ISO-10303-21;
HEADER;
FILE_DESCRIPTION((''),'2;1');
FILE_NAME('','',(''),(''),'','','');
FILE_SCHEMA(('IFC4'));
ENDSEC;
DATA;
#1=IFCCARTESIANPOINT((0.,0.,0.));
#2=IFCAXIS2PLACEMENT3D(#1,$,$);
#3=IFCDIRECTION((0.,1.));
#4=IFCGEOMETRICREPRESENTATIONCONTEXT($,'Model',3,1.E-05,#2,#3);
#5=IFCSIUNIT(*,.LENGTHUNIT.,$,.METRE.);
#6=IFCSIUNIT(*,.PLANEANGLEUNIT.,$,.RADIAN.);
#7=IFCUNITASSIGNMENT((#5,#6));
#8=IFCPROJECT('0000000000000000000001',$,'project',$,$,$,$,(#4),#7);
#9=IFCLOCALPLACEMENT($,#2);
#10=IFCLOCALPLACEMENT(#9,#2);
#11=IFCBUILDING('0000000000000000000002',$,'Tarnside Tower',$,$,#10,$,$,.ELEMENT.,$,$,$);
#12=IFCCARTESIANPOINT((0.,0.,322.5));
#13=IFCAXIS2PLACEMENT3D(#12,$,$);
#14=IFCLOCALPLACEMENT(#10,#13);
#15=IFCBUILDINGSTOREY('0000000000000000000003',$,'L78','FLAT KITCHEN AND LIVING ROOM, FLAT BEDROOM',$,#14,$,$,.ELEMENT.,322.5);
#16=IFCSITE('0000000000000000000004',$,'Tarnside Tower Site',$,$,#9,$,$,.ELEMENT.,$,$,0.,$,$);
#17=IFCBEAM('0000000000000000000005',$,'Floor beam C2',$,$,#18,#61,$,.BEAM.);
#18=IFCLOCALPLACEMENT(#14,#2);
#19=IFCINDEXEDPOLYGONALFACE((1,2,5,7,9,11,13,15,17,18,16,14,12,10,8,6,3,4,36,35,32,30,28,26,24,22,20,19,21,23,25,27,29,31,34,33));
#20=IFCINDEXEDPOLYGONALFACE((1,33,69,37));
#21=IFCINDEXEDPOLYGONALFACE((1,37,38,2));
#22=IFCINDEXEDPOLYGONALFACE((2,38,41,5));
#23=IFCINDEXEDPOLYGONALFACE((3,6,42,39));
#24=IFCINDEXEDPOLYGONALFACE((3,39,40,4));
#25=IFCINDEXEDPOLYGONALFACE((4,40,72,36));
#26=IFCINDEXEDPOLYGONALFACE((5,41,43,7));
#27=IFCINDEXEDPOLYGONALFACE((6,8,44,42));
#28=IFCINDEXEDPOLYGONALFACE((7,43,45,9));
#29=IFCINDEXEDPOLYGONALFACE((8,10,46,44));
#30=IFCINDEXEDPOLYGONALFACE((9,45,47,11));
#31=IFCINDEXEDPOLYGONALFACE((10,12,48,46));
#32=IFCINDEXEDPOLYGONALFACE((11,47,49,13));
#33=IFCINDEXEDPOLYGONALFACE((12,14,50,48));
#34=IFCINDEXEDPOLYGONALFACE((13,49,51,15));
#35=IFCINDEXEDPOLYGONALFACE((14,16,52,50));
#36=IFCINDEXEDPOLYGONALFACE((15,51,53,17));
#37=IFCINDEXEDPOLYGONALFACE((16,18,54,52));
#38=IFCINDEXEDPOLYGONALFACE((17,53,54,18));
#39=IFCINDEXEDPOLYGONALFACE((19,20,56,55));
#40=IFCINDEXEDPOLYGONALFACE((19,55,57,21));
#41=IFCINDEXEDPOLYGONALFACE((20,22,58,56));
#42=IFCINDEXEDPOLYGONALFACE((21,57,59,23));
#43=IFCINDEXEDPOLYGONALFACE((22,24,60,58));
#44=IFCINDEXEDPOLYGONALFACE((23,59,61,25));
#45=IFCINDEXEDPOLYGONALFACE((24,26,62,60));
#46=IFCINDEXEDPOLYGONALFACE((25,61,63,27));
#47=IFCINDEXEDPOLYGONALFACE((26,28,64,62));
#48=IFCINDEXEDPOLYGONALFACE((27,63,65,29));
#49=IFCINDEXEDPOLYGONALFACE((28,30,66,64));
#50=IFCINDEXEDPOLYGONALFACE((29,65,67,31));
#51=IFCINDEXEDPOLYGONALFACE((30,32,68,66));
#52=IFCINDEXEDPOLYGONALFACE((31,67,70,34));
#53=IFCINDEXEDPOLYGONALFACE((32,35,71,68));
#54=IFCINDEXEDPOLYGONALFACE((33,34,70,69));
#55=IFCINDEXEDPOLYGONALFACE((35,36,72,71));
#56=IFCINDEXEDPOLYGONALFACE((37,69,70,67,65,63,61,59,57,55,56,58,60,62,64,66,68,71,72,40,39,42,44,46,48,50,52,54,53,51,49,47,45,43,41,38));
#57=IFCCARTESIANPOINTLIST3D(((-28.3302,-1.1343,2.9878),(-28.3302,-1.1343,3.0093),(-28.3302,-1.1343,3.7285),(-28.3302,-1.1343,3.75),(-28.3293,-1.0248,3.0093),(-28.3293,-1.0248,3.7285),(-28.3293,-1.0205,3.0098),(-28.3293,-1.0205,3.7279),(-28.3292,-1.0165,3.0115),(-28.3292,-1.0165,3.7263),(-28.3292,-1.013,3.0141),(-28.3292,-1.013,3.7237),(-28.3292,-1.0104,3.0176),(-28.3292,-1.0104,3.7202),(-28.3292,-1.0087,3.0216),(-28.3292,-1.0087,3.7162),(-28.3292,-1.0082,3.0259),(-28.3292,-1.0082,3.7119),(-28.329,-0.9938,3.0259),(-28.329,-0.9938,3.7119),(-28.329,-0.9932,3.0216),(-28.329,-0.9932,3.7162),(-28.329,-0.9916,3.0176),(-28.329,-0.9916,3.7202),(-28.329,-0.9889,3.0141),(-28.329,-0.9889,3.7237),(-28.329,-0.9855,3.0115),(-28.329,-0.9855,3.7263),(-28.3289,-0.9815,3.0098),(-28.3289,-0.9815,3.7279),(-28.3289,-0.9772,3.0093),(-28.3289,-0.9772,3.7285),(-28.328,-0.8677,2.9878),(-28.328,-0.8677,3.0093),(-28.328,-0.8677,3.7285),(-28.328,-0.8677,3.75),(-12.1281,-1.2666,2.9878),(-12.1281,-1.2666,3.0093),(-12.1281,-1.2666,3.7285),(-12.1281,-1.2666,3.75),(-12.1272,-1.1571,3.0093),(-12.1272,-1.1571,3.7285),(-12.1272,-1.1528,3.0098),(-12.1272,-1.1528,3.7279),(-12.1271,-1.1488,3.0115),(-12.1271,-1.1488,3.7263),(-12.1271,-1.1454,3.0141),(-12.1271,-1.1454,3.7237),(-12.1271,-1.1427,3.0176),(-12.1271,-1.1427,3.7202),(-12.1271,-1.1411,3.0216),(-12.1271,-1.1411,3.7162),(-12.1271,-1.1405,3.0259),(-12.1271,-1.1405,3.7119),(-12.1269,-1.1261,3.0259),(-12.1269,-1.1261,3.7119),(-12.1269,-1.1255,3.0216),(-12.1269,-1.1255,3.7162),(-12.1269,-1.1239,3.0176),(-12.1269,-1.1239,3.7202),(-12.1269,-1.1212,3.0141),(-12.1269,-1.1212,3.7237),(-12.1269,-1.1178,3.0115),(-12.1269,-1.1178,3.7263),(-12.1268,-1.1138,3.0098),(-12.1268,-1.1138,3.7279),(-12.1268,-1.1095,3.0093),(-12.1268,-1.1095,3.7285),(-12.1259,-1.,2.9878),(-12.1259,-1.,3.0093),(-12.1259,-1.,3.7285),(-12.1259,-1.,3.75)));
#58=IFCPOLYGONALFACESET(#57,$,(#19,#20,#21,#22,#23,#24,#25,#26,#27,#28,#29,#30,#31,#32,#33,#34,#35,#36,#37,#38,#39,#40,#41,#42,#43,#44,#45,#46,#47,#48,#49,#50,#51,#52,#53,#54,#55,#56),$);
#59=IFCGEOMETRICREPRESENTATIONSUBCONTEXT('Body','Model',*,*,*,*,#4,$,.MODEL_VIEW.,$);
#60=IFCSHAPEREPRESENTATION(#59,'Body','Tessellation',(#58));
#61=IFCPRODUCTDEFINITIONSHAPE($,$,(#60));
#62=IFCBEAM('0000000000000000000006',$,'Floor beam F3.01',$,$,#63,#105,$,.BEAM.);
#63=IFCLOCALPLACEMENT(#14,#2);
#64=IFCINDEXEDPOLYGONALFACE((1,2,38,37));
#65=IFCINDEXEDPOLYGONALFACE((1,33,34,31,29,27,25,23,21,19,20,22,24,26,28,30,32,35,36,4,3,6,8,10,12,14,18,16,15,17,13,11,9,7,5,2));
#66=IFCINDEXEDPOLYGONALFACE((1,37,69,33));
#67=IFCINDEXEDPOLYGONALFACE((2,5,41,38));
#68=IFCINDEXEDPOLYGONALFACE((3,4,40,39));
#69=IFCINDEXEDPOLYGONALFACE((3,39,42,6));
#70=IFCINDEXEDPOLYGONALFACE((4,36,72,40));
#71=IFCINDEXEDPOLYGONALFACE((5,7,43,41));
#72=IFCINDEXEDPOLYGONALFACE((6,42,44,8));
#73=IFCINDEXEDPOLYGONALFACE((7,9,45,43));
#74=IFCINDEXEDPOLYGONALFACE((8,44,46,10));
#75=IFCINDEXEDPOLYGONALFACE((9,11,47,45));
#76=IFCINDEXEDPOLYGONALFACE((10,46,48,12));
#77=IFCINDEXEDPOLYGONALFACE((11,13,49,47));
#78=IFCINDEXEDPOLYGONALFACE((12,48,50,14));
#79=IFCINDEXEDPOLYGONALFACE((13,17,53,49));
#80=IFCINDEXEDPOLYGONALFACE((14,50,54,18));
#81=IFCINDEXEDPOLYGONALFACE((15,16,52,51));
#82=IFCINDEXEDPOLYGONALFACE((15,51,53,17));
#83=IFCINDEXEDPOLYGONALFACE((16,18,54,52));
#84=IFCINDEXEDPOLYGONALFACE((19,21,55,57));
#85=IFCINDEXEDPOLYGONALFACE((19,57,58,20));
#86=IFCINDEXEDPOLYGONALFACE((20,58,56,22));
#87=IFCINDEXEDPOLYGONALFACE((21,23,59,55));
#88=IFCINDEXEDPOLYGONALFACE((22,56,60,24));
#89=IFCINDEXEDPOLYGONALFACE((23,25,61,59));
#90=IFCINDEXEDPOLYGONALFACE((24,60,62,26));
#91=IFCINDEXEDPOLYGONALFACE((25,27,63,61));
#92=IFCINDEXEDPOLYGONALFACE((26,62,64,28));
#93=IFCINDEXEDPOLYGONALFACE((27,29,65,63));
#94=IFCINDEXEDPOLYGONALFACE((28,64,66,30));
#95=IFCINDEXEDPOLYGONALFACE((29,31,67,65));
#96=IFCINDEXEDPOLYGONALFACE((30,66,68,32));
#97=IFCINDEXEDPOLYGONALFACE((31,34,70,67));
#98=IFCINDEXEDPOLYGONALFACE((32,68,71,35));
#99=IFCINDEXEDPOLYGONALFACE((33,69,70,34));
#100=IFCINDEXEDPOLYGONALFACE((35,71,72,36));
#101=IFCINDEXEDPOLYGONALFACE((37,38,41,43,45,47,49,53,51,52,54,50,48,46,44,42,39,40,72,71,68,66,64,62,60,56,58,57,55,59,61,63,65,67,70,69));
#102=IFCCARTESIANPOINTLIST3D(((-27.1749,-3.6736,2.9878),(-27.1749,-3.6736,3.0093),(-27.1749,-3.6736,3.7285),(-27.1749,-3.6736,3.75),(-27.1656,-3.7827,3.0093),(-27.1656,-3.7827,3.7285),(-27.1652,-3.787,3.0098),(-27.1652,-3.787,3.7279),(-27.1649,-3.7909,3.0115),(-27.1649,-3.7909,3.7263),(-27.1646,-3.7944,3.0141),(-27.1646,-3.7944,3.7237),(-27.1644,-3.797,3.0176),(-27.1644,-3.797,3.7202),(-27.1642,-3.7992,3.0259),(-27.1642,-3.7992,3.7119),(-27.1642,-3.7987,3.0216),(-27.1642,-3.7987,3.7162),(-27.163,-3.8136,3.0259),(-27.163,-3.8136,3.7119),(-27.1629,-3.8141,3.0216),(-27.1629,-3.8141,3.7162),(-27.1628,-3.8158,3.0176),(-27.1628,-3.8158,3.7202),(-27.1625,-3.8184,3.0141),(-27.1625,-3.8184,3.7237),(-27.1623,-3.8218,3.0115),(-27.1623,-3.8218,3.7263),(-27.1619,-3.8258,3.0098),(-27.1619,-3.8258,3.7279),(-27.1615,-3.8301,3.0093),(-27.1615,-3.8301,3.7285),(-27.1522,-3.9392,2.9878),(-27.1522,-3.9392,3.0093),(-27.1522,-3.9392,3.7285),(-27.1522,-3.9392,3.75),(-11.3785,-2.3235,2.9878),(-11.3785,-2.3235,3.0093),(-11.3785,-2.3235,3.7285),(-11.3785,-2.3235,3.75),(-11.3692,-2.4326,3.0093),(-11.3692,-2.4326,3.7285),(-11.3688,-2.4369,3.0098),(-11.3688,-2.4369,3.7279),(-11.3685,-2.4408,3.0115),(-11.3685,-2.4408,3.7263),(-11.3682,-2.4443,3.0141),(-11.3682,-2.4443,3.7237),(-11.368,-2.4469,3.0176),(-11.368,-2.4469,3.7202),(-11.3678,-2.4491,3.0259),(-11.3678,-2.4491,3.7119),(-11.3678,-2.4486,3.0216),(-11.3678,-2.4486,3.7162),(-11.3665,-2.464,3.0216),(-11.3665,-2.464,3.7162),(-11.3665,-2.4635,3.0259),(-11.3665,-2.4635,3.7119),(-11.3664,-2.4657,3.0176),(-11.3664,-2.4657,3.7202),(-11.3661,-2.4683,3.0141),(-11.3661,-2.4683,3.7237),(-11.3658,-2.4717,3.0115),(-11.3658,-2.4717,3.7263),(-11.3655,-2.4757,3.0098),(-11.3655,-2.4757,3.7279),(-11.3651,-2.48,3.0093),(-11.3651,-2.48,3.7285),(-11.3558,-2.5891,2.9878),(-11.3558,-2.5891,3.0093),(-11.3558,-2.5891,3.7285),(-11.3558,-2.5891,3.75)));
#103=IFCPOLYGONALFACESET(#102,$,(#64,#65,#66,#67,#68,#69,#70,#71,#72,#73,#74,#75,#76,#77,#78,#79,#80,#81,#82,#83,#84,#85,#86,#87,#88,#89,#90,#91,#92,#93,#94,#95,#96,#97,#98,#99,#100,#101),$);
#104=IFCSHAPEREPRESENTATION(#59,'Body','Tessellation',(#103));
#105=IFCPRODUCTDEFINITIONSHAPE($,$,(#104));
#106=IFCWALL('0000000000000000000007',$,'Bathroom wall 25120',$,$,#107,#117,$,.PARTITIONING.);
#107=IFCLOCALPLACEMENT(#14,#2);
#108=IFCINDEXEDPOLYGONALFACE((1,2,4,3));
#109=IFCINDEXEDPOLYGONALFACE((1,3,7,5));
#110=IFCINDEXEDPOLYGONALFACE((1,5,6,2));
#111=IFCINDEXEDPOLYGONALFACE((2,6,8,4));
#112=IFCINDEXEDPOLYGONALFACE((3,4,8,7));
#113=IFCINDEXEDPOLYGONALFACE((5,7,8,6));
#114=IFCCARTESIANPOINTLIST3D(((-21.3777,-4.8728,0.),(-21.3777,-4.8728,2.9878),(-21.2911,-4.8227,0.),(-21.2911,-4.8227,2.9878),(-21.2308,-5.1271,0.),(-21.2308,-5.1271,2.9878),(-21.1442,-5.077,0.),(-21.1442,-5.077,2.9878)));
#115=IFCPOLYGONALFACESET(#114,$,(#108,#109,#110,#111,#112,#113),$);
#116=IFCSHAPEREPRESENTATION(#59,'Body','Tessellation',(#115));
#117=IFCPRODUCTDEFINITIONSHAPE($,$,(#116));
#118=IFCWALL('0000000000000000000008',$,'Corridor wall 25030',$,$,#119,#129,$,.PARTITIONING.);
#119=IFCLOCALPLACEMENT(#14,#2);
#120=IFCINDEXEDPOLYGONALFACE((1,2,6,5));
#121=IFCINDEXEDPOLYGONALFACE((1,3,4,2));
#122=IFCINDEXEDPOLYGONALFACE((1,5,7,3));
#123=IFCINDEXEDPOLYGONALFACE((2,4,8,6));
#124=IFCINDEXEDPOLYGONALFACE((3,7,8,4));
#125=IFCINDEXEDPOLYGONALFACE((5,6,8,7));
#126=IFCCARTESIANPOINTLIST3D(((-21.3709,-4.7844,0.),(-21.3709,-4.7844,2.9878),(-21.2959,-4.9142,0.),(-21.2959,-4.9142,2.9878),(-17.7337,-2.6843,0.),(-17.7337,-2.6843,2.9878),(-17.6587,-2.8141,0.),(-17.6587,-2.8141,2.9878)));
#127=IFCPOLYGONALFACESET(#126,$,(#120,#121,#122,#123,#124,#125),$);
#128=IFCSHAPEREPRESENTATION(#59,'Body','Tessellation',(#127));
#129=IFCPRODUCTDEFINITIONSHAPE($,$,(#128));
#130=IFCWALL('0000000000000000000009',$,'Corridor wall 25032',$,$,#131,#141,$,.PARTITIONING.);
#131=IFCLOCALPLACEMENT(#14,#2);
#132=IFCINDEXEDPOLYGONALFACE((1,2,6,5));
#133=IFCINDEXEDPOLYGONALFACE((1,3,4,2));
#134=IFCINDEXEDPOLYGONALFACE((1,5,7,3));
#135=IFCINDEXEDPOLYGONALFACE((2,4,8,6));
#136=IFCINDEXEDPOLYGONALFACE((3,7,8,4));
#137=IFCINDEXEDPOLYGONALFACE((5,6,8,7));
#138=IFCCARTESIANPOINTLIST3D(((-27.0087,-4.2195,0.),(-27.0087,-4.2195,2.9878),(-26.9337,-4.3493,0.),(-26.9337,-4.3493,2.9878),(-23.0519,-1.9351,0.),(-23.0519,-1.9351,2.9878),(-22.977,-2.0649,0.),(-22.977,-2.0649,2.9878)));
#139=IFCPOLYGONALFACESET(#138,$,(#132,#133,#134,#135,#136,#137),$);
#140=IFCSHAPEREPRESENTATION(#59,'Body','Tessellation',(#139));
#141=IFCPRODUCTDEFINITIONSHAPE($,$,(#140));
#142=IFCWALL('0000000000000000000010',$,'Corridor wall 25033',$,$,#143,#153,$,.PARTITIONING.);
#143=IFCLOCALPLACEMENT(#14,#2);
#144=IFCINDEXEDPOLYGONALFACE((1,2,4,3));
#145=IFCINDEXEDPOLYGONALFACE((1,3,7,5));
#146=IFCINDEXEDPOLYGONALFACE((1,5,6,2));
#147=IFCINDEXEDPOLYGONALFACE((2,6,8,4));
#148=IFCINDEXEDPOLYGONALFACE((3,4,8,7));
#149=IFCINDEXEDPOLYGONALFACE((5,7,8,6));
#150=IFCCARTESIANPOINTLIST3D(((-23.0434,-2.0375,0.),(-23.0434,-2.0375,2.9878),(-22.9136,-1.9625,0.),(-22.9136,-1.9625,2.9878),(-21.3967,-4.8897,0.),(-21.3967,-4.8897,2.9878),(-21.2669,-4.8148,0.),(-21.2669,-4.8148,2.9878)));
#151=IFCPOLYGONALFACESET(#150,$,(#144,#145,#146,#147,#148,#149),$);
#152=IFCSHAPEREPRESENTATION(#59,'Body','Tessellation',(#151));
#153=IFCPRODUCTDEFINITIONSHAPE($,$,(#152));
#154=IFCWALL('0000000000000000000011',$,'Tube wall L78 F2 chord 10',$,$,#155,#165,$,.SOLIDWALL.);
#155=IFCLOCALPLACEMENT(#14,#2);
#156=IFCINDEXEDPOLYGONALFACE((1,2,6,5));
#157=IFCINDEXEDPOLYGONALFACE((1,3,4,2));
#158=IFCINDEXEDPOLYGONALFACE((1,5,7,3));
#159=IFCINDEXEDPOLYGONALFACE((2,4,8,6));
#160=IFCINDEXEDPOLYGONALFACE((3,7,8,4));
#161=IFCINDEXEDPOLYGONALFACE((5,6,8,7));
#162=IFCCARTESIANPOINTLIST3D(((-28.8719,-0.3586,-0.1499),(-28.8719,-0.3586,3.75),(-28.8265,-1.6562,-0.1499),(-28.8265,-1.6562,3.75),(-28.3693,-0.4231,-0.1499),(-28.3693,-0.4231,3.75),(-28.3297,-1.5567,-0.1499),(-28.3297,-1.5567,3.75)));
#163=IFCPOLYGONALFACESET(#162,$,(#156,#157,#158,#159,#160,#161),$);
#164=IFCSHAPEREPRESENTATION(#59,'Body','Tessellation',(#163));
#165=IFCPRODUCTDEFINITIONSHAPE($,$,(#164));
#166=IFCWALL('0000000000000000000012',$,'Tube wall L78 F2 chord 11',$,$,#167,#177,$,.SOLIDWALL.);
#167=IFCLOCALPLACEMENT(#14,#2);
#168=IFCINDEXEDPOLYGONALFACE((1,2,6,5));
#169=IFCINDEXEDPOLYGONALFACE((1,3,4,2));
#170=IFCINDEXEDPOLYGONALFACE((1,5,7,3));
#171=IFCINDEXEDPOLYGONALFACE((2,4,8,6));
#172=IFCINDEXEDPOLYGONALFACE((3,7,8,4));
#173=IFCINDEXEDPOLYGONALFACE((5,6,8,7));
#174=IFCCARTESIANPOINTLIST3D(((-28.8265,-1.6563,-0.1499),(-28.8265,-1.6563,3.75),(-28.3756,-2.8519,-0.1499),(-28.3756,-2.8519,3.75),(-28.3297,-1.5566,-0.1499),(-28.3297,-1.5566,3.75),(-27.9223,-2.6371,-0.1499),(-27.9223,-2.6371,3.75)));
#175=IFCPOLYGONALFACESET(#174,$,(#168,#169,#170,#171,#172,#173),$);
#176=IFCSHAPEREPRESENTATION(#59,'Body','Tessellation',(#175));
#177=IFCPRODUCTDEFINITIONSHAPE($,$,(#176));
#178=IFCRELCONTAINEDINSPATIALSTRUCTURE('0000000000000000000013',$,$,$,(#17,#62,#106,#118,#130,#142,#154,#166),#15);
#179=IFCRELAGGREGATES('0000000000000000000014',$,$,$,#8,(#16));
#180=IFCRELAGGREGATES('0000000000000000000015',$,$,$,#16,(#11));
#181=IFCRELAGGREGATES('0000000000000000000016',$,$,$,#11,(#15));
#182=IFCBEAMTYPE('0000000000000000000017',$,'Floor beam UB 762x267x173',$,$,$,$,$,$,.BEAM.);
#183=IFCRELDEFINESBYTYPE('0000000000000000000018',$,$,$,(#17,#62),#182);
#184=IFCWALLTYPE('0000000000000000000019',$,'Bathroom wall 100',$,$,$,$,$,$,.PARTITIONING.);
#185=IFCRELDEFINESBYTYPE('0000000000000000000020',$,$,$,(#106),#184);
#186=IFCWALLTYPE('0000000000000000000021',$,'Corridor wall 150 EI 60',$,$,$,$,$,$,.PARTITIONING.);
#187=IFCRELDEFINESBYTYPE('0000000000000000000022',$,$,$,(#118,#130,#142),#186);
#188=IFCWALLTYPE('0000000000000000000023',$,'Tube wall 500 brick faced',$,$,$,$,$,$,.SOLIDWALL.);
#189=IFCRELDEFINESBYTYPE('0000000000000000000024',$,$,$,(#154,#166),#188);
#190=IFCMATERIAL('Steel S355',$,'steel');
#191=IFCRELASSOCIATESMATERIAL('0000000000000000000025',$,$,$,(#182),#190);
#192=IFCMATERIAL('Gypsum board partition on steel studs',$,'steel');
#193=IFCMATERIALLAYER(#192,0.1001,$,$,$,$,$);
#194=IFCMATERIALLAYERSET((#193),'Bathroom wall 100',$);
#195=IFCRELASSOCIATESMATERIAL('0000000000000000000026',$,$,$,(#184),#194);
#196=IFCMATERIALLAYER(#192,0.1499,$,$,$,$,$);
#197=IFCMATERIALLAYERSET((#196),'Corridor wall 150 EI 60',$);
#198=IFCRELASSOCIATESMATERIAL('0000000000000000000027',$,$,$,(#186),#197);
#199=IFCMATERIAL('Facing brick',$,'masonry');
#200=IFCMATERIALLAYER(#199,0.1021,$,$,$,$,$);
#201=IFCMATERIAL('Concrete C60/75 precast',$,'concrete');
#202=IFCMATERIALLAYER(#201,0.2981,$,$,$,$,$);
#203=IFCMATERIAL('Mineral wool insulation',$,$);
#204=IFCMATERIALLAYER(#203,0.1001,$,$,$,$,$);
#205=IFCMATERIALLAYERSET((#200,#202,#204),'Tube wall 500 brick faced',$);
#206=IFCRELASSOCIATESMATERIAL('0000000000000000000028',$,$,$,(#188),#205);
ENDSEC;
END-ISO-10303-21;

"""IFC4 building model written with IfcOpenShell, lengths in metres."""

from ifc_helpers import new_model, si_unit, direction, frame, frame_2d, origin, origin_2d, place, context, subcontext, project, spatial, polyline, rectangle, i_section, outline, extrude, material, layer, layer_set, material_profile, profile_set, type_object, element, save


model = new_model("IFC4")

# Units and contexts
model_context = context("Model", 3, precision=1e-05, world=origin(), true_north=direction((0.0, 1.0)))
body_context = subcontext(model_context, "Body", "Model", "MODEL_VIEW")
ifc_project = project(units=[si_unit("LENGTHUNIT", "METRE"), si_unit("PLANEANGLEUNIT", "RADIAN")], contexts=[model_context])

# Site, building, storey
site_placement = place(None, origin())
site = spatial("IfcSite", under=ifc_project, at=site_placement, Name="Tarnside Tower Site", CompositionType="ELEMENT", RefElevation=0.0)
building_placement = place(site_placement, origin())
building = spatial("IfcBuilding", under=site, at=building_placement, Name="Tarnside Tower", CompositionType="ELEMENT")
storey_placement = place(building_placement, frame((0.0, 0.0, 322.5)))
storey = spatial("IfcBuildingStorey", under=building, at=storey_placement, Name="L78", Description="FLAT KITCHEN AND LIVING ROOM, FLAT BEDROOM", CompositionType="ELEMENT", Elevation=322.5)

# Beams
ifc_material_1 = material(Name="Steel S355", Category="steel")
ifc_material_profile = material_profile(ifc_material_1, i_section(OverallWidth=0.2666, OverallDepth=0.7622, WebThickness=0.0144, FlangeThickness=0.0215, FilletRadius=0.0166, at=origin_2d()), Name="UB 762x267x173")
ifc_profile_set = profile_set([ifc_material_profile], Name="Steel S355")
beam_type = type_object("IfcBeamType", Name="Floor beam UB 762x267x173", PredefinedType="BEAM", material=ifc_profile_set)
beam_1_placement = place(storey_placement, frame((-28.3291, -1.001, 3.3689), z_axis=(0.999967, -0.008167, 0.0), x_axis=(0.008167, 0.999967, 0.0)))
element("IfcBeam", 1, at=beam_1_placement, inside=storey, type_object=beam_type, Name="Floor beam C2", PredefinedType="BEAM", context=body_context, shape_type="SweptSolid", body=[
    extrude(i_section(OverallWidth=0.2666, OverallDepth=0.7622, WebThickness=0.0144, FlangeThickness=0.0215, FilletRadius=0.0166, at=origin_2d()), origin(), (0.0, 0.0, 1.0), 16.2026),
])
beam_2_placement = place(storey_placement, frame((-27.1636, -3.8064, 3.3689), z_axis=(0.996367, 0.085158, 0.0), x_axis=(-0.085158, 0.996367, 0.0)))
element("IfcBeam", 2, at=beam_2_placement, inside=storey, type_object=beam_type, Name="Floor beam F3.01", PredefinedType="BEAM", context=body_context, shape_type="SweptSolid", body=[
    extrude(i_section(OverallWidth=0.2666, OverallDepth=0.7622, WebThickness=0.0144, FlangeThickness=0.0215, FilletRadius=0.0166, at=origin_2d()), origin(), (0.0, 0.0, 1.0), 15.854),
])

# Walls
ifc_material_2 = material(Name="Gypsum board partition on steel studs", Category="steel")
ifc_layer_1 = layer(ifc_material_2, 0.1001)
ifc_layer_set_1 = layer_set([ifc_layer_1], Name="Bathroom wall 100")
wall_type_1 = type_object("IfcWallType", Name="Bathroom wall 100", PredefinedType="PARTITIONING", material=ifc_layer_set_1)
wall_1_placement = place(storey_placement, frame((-21.3345, -4.8477, 0.0), z_axis=(0.0, 0.0, 1.0), x_axis=(0.50025, -0.865881, 0.0)))
element("IfcWall", 3, at=wall_1_placement, inside=storey, type_object=wall_type_1, Name="Bathroom wall 25120", PredefinedType="PARTITIONING", context=body_context, shape_type="SweptSolid", body=[
    extrude(rectangle(XDim=0.2937, YDim=0.1001, at=frame_2d((0.147, 0.0))), origin(), (0.0, 0.0, 1.0), 2.9878),
])
ifc_layer_2 = layer(ifc_material_2, 0.1499)
ifc_layer_set_2 = layer_set([ifc_layer_2], Name="Corridor wall 150 EI 60")
wall_type_2 = type_object("IfcWallType", Name="Corridor wall 150 EI 60", PredefinedType="PARTITIONING", material=ifc_layer_set_2)
wall_2_placement = place(storey_placement, frame((-21.3335, -4.8494, 0.0), z_axis=(0.0, 0.0, 1.0), x_axis=(0.866009, 0.500028, 0.0)))
element("IfcWall", 4, at=wall_2_placement, inside=storey, type_object=wall_type_2, Name="Corridor wall 25030", PredefinedType="PARTITIONING", context=body_context, shape_type="SweptSolid", body=[
    extrude(rectangle(XDim=4.2, YDim=0.1499, at=frame_2d((2.1001, 0.0))), origin(), (0.0, 0.0, 1.0), 2.9878),
])
wall_3_placement = place(storey_placement, frame((-26.9712, -4.2844, 0.0), z_axis=(0.0, 0.0, 1.0), x_axis=(0.866028, 0.499995, 0.0)))
element("IfcWall", 5, at=wall_3_placement, inside=storey, type_object=wall_type_2, Name="Corridor wall 25032", PredefinedType="PARTITIONING", context=body_context, shape_type="SweptSolid", body=[
    extrude(rectangle(XDim=4.5688, YDim=0.1499, at=frame_2d((2.2844, 0.0))), origin(), (0.0, 0.0, 1.0), 2.9878),
])
wall_4_placement = place(storey_placement, frame((-22.9785, -2.0, 0.0), z_axis=(0.0, 0.0, 1.0), x_axis=(0.49999, -0.866031, 0.0)))
element("IfcWall", 6, at=wall_4_placement, inside=storey, type_object=wall_type_2, Name="Corridor wall 25033", PredefinedType="PARTITIONING", context=body_context, shape_type="SweptSolid", body=[
    extrude(rectangle(XDim=3.2935, YDim=0.1499, at=frame_2d((1.6467, 0.0))), origin(), (0.0, 0.0, 1.0), 2.9878),
])
ifc_material_3 = material(Name="Facing brick", Category="masonry")
ifc_layer_3 = layer(ifc_material_3, 0.1021)
ifc_material_4 = material(Name="Concrete C60/75 precast", Category="concrete")
ifc_layer_4 = layer(ifc_material_4, 0.2981)
ifc_material_5 = material(Name="Mineral wool insulation")
ifc_layer_5 = layer(ifc_material_5, 0.1001)
ifc_layer_set_3 = layer_set([ifc_layer_3, ifc_layer_4, ifc_layer_5], Name="Tube wall 500 brick faced")
wall_type_3 = type_object("IfcWallType", Name="Tube wall 500 brick faced", PredefinedType="SOLIDWALL", material=ifc_layer_set_3)
wall_5_placement = place(storey_placement, frame((-28.6206, -0.3909, -0.1499), z_axis=(0.0, 0.0, 1.0), x_axis=(0.034925, -0.99939, 0.0)))
element("IfcWall", 7, at=wall_5_placement, inside=storey, type_object=wall_type_3, Name="Tube wall L78 F2 chord 10", PredefinedType="SOLIDWALL", context=body_context, shape_type="SweptSolid", body=[
    extrude(outline(polyline([(-0.041, -0.25), (1.2573, -0.25), (1.1753, 0.25), (0.041, 0.25), (-0.041, -0.25)])), origin(), (0.0, 0.0, 1.0), 3.8999),
])
wall_6_placement = place(storey_placement, frame((-28.5781, -1.6064, -0.1499), z_axis=(0.0, 0.0, 1.0), x_axis=(0.352838, -0.935684, 0.0)))
element("IfcWall", 8, at=wall_6_placement, inside=storey, type_object=wall_type_3, Name="Tube wall L78 F2 chord 11", PredefinedType="SOLIDWALL", context=body_context, shape_type="SweptSolid", body=[
    extrude(outline(polyline([(-0.041, -0.25), (1.2368, -0.25), (1.1958, 0.25), (0.041, 0.25), (-0.041, -0.25)])), origin(), (0.0, 0.0, 1.0), 3.8999),
])

save(model, "model.ifc")
